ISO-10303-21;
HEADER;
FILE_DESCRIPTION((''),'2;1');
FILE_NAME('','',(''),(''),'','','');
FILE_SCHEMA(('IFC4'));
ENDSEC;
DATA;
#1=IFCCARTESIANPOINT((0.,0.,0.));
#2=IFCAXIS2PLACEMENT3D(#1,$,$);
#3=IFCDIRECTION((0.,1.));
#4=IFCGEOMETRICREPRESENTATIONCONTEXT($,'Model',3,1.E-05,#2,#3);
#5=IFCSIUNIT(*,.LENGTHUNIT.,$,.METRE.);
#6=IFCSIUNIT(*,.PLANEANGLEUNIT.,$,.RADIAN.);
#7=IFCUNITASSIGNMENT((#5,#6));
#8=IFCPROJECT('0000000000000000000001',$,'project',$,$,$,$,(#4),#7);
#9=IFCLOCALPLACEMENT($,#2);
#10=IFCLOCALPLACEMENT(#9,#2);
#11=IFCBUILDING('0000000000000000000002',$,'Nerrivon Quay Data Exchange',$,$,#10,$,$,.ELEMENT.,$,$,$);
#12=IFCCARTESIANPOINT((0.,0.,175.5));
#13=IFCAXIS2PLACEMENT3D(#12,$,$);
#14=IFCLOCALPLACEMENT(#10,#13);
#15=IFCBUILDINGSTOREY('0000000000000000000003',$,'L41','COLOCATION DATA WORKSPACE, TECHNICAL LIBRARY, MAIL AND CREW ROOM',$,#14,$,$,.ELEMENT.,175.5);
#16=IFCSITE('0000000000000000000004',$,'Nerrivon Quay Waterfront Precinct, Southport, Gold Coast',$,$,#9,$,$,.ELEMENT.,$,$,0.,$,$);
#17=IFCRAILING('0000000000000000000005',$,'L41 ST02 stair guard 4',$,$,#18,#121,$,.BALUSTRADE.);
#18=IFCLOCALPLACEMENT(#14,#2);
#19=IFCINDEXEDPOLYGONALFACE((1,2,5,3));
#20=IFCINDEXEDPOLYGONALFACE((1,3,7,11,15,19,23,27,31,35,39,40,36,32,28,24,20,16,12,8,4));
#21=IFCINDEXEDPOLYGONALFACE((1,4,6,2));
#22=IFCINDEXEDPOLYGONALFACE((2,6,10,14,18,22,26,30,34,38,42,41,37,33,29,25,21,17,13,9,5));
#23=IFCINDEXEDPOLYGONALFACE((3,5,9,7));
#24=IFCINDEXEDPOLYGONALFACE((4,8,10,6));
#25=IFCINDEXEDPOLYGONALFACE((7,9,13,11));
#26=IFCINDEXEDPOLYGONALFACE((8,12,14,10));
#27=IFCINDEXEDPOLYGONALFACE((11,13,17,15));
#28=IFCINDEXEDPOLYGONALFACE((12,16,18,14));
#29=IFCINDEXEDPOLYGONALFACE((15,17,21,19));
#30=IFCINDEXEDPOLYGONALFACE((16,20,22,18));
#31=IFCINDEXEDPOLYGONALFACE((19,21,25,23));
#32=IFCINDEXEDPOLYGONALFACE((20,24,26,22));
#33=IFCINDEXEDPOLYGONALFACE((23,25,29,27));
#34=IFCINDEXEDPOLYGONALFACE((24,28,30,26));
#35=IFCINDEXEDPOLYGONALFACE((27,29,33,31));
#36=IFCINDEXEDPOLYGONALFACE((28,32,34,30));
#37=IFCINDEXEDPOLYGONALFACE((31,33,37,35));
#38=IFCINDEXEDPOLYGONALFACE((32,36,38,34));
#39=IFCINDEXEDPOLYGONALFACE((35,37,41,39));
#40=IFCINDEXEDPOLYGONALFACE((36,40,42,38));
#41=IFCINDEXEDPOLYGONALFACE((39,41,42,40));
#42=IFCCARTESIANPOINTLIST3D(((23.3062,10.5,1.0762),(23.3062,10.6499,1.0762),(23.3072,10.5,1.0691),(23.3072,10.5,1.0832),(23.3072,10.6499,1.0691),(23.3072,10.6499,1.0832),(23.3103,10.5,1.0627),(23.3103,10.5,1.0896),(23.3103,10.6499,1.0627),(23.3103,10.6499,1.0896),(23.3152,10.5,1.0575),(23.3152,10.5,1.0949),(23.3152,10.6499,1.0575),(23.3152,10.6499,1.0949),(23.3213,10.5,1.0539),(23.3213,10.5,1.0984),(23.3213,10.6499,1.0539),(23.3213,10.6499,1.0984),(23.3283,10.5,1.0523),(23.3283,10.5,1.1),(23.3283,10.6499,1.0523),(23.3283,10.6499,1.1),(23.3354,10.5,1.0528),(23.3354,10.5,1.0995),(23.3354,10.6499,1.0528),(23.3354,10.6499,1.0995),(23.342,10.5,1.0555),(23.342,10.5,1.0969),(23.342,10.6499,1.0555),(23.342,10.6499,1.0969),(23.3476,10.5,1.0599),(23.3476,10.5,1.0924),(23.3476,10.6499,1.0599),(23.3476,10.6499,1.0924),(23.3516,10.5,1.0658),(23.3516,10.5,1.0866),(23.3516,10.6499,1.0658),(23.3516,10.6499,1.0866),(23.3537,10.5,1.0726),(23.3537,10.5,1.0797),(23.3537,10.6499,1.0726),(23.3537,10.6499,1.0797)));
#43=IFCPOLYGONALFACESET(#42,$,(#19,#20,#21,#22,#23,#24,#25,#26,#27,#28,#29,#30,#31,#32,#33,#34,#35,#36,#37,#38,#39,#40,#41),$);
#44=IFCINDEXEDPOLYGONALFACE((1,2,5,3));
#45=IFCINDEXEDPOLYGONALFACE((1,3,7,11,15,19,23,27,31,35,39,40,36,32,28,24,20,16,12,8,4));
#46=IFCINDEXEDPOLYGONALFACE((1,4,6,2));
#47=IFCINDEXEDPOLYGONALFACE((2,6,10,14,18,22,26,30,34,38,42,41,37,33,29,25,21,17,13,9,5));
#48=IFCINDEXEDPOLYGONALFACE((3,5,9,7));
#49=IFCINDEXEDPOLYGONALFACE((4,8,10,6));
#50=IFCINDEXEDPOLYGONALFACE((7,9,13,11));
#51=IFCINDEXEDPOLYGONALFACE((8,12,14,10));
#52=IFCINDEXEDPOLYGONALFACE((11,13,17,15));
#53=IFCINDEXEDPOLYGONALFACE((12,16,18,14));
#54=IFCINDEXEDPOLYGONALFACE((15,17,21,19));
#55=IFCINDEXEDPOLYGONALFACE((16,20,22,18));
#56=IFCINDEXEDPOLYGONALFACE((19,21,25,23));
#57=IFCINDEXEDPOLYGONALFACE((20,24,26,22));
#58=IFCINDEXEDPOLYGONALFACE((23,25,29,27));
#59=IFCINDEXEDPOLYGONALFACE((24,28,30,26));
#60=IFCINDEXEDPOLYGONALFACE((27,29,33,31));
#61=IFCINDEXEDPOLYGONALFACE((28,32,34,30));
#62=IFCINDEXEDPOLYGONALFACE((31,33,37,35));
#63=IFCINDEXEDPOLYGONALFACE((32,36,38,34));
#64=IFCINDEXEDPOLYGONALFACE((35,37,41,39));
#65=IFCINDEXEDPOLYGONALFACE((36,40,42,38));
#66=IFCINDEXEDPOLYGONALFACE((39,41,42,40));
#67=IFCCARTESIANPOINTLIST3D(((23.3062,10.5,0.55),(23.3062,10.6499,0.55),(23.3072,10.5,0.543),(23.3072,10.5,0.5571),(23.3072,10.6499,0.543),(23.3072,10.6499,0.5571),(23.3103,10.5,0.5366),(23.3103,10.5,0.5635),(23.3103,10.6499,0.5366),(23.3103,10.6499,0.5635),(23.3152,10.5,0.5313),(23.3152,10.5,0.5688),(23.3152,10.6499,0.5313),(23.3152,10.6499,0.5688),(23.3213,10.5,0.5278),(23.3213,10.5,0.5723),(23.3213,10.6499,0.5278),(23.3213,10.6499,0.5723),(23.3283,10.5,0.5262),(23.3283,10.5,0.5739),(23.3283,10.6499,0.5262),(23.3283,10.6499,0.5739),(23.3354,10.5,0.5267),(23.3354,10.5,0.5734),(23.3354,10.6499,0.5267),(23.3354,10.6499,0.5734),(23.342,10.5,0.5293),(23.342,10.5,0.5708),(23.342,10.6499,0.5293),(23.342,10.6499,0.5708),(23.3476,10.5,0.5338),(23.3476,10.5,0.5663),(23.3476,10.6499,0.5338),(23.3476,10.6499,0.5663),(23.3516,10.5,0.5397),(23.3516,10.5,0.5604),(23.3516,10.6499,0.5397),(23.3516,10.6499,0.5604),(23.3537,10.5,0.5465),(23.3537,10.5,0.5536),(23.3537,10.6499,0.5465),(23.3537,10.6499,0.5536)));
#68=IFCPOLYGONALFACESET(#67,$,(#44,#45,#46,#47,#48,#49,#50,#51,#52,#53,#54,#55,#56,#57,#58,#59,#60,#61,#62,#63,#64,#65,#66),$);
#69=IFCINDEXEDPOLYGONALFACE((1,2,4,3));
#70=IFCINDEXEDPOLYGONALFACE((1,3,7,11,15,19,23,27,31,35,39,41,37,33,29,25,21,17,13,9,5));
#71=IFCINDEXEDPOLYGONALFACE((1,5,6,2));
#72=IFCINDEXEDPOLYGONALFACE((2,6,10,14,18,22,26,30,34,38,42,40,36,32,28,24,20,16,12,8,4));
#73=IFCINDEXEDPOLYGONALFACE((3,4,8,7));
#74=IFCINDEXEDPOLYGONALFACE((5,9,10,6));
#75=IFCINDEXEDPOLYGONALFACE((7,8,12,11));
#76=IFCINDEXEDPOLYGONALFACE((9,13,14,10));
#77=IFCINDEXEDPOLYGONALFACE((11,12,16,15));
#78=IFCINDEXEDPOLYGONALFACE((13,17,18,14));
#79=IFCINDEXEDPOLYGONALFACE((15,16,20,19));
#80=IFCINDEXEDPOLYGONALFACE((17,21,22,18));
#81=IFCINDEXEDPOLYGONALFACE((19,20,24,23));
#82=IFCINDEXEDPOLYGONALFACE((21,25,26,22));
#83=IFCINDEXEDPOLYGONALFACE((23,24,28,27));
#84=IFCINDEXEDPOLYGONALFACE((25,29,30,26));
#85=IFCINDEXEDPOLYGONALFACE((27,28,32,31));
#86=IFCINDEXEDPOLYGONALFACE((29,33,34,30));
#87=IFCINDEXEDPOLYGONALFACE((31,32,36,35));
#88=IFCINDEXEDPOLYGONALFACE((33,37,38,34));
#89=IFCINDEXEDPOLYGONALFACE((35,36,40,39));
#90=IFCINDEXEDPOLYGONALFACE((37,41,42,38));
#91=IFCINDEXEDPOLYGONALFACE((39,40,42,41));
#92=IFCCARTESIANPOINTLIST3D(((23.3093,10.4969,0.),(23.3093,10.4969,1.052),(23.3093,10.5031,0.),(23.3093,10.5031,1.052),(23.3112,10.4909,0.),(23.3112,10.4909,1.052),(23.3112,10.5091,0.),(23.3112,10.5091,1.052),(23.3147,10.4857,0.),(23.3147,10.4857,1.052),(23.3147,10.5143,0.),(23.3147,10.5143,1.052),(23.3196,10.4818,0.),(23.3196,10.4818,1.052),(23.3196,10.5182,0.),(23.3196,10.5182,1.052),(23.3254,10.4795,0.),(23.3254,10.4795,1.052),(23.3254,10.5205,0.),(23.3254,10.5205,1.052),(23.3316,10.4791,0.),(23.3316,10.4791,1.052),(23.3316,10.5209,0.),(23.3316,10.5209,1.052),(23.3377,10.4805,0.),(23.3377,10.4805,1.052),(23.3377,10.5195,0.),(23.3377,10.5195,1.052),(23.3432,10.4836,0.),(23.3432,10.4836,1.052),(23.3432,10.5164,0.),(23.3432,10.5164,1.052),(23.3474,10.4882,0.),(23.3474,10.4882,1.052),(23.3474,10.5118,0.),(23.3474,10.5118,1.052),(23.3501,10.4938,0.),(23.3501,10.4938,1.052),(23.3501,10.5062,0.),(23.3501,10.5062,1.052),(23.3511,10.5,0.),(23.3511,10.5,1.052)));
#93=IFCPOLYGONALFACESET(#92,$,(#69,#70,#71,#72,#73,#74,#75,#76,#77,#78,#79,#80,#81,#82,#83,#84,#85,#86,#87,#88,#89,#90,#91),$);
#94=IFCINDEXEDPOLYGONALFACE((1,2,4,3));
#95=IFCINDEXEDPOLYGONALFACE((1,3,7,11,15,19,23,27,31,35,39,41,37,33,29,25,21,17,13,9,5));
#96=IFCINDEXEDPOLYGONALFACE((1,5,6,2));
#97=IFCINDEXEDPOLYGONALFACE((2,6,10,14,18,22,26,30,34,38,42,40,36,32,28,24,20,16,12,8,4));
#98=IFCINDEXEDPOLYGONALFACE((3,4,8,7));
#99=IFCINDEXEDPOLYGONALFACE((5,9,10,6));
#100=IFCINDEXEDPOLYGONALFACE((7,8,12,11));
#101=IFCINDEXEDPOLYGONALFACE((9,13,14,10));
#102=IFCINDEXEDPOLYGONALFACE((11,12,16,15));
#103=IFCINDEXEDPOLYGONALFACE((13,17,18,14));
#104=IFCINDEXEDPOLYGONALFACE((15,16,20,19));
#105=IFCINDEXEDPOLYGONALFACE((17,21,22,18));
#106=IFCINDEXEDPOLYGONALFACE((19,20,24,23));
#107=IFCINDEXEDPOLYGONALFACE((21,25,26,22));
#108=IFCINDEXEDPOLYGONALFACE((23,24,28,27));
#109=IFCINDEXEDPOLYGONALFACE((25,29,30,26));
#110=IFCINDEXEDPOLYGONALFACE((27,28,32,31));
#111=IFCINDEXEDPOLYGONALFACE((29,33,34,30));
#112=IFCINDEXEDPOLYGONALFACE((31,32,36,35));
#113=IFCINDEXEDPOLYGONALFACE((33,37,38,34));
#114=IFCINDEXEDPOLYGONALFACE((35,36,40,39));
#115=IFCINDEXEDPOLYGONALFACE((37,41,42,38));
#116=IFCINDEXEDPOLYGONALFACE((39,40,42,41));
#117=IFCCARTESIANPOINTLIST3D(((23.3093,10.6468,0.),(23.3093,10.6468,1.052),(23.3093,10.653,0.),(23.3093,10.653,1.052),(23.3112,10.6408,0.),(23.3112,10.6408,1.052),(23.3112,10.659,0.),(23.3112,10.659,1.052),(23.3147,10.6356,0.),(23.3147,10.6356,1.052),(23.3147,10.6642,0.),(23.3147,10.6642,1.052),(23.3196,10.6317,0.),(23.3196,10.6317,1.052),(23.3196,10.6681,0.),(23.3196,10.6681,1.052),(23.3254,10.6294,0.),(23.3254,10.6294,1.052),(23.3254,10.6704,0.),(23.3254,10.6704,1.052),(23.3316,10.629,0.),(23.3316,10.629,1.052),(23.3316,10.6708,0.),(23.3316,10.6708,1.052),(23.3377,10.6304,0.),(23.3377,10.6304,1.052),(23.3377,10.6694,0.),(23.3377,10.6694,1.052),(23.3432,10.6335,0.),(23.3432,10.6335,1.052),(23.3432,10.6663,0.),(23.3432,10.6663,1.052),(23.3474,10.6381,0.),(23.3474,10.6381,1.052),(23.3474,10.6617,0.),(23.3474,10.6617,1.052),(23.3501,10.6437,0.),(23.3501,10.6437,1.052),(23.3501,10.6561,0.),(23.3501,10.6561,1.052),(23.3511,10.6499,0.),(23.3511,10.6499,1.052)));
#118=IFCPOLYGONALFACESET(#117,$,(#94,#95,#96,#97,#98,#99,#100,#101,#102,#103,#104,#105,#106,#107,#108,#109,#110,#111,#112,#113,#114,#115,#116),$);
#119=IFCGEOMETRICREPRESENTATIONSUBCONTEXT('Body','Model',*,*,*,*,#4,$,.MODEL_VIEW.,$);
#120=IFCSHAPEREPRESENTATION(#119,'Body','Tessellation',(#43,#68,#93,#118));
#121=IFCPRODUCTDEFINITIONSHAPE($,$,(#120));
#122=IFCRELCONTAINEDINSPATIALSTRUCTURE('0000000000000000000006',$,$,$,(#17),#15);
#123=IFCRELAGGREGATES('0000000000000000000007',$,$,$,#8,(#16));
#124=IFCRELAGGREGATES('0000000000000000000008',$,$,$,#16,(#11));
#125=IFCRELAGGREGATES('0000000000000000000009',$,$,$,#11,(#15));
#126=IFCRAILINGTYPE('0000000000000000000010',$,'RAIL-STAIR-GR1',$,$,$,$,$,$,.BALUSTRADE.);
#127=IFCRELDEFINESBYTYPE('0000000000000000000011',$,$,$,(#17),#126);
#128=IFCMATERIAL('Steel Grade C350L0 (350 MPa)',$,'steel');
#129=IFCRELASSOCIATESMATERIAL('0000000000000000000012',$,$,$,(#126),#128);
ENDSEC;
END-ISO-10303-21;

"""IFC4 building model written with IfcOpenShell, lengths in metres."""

from ifc_helpers import new_model, si_unit, direction, frame, origin, origin_2d, place, context, subcontext, project, spatial, circle, extrude, material, type_object, element, save


model = new_model("IFC4")

# Units and contexts
model_context = context("Model", 3, precision=1e-05, world=origin(), true_north=direction((0.0, 1.0)))
body_context = subcontext(model_context, "Body", "Model", "MODEL_VIEW")
ifc_project = project(units=[si_unit("LENGTHUNIT", "METRE"), si_unit("PLANEANGLEUNIT", "RADIAN")], contexts=[model_context])

# Site, building, storey
site_placement = place(None, origin())
site = spatial("IfcSite", under=ifc_project, at=site_placement, Name="Nerrivon Quay Waterfront Precinct, Southport, Gold Coast", CompositionType="ELEMENT", RefElevation=0.0)
building_placement = place(site_placement, origin())
building = spatial("IfcBuilding", under=site, at=building_placement, Name="Nerrivon Quay Data Exchange", CompositionType="ELEMENT")
storey_placement = place(building_placement, frame((0.0, 0.0, 175.5)))
storey = spatial("IfcBuildingStorey", under=building, at=storey_placement, Name="L41", Description="COLOCATION DATA WORKSPACE, TECHNICAL LIBRARY, MAIL AND CREW ROOM", CompositionType="ELEMENT", Elevation=175.5)

# Railing
ifc_material_1 = material(Name="Steel Grade C350L0 (350 MPa)", Category="steel")
railing_type_1 = type_object("IfcRailingType", Name="RAIL-STAIR-GR1", PredefinedType="BALUSTRADE", material=ifc_material_1)
railing_1_placement = place(storey_placement, frame((23.3301, 10.5, 0.0)))
element("IfcRailing", 1, at=railing_1_placement, inside=storey, type_object=railing_type_1, Name="L41 ST02 stair guard 4", PredefinedType="BALUSTRADE", context=body_context, shape_type="SweptSolid", body=[
    extrude(circle(Radius=0.0239, at=origin_2d()), frame((0.0, 0.0, 1.0762), z_axis=(0.0, 1.0, 0.0), x_axis=(-1.0, 0.0, 0.0)), (0.0, 0.0, 1.0), 0.1499),
    extrude(circle(Radius=0.0239, at=origin_2d()), frame((0.0, 0.0, 0.55), z_axis=(0.0, 1.0, 0.0), x_axis=(-1.0, 0.0, 0.0)), (0.0, 0.0, 1.0), 0.1499),
    extrude(circle(Radius=0.021, at=origin_2d()), origin(), (0.0, 0.0, 1.0), 1.052),
    extrude(circle(Radius=0.021, at=origin_2d()), frame((0.0, 0.1499, 0.0)), (0.0, 0.0, 1.0), 1.052),
])

save(model, "model.ifc")
